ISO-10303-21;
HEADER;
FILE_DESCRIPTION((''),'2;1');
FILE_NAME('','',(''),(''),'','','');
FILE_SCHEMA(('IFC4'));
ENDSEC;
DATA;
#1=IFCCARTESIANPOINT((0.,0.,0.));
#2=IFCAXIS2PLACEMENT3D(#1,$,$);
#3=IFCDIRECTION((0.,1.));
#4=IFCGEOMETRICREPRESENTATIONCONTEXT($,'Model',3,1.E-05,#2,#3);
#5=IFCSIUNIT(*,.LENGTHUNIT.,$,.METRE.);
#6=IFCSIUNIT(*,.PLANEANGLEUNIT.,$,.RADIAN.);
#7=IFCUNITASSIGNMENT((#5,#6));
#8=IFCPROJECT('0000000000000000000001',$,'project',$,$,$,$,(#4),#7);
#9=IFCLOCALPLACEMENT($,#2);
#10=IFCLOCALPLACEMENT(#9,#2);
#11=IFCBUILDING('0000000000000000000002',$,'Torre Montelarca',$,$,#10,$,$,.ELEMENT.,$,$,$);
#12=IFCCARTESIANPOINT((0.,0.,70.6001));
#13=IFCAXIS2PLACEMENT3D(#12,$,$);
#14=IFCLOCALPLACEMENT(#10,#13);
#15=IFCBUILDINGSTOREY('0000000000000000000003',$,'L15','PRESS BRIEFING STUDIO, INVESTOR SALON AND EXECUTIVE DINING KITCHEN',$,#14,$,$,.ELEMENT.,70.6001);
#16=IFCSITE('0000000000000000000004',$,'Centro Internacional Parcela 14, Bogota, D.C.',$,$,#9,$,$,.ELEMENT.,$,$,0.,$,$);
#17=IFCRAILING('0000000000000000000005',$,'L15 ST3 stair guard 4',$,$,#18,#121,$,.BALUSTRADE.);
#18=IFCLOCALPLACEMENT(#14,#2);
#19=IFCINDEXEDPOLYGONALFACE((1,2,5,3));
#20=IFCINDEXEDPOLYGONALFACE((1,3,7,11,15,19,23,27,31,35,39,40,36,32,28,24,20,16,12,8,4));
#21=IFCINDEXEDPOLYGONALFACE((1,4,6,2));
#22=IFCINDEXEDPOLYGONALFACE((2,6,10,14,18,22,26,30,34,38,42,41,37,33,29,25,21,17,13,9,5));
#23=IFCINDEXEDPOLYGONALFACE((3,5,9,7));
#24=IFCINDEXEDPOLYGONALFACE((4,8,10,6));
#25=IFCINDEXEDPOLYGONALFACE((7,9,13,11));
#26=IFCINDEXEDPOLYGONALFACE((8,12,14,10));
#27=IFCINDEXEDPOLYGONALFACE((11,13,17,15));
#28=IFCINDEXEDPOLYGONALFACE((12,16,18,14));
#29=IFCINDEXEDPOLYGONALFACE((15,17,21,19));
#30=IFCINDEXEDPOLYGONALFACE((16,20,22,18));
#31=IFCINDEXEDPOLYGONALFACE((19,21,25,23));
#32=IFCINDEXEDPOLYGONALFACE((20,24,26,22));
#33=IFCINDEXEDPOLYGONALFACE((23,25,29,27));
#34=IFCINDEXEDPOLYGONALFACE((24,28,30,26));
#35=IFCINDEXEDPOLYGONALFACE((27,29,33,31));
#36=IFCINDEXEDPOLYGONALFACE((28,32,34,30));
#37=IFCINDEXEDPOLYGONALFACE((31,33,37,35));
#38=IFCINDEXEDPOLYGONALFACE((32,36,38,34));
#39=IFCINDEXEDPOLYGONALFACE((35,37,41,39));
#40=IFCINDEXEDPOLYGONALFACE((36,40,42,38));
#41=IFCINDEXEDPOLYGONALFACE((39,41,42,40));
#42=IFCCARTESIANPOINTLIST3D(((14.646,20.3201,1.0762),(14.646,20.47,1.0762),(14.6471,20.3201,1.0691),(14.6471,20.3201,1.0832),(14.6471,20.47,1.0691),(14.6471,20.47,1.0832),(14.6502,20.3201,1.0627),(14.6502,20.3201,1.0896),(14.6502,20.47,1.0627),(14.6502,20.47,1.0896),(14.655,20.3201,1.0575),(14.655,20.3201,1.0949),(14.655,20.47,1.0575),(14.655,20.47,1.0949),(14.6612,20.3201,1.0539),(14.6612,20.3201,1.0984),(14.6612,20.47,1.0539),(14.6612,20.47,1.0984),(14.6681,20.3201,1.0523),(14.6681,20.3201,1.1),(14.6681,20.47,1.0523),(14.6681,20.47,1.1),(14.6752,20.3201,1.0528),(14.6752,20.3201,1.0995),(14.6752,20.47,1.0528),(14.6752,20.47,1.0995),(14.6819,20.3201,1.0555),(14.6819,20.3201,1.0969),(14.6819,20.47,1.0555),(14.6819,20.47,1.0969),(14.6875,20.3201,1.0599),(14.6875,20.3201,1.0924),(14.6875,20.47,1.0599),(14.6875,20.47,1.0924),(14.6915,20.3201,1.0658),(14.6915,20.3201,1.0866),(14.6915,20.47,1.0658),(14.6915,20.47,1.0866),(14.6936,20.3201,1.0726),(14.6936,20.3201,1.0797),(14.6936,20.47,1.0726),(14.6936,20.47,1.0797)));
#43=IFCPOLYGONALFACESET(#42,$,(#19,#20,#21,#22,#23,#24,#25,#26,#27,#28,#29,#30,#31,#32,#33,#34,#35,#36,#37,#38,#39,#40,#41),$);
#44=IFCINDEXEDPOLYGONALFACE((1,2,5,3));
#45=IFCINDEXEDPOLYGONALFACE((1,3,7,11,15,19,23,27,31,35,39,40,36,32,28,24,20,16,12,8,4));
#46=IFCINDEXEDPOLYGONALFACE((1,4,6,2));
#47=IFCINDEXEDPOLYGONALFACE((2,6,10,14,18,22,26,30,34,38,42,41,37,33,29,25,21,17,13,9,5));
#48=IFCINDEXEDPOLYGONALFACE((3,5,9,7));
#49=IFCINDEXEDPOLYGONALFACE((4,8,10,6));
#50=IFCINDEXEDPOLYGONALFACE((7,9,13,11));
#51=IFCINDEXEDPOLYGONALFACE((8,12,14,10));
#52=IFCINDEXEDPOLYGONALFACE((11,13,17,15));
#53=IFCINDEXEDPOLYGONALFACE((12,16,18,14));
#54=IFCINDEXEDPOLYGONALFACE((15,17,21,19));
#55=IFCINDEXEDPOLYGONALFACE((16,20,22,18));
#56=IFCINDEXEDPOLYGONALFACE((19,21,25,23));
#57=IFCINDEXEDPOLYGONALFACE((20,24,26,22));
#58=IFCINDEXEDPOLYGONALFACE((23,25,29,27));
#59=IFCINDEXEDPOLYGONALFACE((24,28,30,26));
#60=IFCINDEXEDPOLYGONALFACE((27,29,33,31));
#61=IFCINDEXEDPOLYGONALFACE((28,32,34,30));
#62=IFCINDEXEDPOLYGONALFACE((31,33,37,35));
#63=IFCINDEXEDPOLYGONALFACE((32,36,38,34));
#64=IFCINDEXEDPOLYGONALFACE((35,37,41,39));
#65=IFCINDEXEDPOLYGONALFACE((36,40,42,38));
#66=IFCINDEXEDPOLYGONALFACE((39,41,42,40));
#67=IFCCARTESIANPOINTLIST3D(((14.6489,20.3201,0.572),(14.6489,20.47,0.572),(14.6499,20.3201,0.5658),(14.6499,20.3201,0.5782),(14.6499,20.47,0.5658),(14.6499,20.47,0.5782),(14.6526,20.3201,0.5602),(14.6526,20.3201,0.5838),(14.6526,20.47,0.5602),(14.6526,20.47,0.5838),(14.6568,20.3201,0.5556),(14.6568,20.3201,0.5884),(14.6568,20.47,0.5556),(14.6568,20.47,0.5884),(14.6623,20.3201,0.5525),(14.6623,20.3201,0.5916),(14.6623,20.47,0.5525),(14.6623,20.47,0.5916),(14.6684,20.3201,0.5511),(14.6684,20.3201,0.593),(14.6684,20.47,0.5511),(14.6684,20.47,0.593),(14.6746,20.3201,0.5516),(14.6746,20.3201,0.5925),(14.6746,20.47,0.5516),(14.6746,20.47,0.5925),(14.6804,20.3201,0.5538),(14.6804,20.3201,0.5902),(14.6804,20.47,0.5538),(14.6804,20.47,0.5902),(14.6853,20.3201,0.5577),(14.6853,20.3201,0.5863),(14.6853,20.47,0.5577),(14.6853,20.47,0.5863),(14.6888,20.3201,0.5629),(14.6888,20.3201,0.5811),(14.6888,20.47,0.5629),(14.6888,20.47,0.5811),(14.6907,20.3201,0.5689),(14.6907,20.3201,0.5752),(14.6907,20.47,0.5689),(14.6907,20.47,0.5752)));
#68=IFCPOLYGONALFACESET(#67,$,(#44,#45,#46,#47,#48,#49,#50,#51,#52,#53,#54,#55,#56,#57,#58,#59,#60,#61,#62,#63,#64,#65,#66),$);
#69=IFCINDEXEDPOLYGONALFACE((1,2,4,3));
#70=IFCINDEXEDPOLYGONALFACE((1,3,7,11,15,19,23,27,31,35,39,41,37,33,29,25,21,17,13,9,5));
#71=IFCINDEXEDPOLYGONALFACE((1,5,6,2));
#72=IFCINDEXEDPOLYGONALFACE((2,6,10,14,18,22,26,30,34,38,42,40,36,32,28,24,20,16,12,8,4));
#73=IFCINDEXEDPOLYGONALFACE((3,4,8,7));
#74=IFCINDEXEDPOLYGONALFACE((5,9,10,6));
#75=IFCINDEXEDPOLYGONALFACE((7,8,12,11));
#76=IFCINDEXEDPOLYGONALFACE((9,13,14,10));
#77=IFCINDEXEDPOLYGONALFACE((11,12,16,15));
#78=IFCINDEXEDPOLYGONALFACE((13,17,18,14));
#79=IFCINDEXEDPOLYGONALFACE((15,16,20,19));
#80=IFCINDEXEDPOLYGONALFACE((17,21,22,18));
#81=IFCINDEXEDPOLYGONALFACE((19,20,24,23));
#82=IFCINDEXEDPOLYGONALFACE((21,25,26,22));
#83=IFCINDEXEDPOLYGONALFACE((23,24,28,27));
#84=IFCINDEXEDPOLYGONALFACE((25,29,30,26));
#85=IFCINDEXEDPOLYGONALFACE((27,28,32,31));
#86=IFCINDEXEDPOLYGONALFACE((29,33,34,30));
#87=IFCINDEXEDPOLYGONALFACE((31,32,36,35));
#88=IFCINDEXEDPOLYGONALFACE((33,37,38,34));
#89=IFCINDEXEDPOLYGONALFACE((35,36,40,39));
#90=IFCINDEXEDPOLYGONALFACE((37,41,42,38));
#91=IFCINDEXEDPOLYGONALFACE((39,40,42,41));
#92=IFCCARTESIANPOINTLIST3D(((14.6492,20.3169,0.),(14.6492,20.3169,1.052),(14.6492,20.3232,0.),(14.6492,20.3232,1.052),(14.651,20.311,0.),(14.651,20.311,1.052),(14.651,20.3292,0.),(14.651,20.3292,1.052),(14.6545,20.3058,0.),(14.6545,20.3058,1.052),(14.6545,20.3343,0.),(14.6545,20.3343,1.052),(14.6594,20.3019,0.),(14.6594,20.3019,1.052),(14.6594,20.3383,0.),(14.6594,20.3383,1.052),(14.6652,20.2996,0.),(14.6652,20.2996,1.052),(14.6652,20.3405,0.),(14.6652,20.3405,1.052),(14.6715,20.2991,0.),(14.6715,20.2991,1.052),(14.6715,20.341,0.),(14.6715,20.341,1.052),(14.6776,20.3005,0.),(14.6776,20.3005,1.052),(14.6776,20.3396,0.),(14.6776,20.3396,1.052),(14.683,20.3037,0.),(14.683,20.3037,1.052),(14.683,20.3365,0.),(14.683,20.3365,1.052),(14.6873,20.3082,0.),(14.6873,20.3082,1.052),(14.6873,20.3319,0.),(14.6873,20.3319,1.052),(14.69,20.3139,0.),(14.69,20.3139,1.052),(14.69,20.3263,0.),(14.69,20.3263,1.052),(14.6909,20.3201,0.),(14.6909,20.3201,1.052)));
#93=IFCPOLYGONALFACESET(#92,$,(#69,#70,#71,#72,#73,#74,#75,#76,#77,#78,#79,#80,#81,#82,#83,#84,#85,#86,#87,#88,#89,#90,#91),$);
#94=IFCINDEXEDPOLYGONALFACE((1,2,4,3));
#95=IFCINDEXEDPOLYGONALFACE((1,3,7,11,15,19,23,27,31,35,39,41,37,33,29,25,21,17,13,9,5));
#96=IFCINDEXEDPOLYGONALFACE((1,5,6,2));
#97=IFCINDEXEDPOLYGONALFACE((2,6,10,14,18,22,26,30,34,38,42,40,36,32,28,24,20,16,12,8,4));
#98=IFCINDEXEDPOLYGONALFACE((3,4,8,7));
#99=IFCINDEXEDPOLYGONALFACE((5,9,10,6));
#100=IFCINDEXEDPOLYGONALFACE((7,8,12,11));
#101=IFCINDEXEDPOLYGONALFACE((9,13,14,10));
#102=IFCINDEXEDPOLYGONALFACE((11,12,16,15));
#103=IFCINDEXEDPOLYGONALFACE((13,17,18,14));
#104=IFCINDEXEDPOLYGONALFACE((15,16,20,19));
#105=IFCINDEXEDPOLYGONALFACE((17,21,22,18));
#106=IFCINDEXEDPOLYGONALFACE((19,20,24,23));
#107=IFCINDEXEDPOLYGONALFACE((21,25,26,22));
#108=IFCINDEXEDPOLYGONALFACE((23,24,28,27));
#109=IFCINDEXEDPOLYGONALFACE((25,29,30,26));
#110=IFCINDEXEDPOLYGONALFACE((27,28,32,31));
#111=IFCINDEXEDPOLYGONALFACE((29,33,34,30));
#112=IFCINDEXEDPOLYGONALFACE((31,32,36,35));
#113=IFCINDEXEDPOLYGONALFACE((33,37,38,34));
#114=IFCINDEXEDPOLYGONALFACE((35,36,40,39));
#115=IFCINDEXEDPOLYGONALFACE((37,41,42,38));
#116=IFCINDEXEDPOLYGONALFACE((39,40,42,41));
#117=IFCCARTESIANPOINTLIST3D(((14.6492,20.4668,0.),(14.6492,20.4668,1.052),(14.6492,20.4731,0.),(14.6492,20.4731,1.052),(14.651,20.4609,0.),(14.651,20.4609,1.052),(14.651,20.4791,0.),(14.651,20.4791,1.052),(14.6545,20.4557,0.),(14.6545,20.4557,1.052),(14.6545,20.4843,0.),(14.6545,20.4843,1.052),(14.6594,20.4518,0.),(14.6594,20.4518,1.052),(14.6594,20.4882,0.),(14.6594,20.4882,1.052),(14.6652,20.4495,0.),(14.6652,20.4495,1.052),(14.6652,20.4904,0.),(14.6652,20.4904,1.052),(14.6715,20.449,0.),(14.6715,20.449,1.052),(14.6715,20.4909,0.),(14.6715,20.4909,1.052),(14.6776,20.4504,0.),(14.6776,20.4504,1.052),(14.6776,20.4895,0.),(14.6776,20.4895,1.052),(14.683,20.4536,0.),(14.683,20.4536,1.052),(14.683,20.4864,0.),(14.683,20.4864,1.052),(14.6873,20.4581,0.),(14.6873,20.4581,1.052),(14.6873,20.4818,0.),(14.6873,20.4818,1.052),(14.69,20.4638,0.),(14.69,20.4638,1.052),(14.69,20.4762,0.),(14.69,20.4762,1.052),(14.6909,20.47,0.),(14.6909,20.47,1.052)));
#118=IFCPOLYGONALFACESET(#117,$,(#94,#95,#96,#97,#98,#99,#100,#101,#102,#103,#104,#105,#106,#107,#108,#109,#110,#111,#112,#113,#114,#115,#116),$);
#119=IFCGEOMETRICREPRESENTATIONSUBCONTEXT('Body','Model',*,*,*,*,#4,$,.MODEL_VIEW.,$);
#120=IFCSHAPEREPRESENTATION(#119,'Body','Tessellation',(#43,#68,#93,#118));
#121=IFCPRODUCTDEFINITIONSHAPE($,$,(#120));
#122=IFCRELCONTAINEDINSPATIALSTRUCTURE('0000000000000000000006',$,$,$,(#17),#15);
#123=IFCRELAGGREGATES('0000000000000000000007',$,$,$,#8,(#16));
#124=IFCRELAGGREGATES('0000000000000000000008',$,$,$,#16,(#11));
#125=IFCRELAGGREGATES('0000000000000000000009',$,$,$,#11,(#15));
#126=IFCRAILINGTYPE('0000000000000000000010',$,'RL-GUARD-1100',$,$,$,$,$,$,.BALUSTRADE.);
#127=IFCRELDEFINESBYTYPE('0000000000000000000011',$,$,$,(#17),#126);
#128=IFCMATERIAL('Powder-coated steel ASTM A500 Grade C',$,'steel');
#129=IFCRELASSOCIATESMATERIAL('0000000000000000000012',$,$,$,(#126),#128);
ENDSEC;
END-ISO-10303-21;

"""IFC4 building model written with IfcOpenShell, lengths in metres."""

from ifc_helpers import new_model, si_unit, direction, frame, origin, origin_2d, place, context, subcontext, project, spatial, circle, extrude, material, type_object, element, save


model = new_model("IFC4")

# Units and contexts
model_context = context("Model", 3, precision=1e-05, world=origin(), true_north=direction((0.0, 1.0)))
body_context = subcontext(model_context, "Body", "Model", "MODEL_VIEW")
ifc_project = project(units=[si_unit("LENGTHUNIT", "METRE"), si_unit("PLANEANGLEUNIT", "RADIAN")], contexts=[model_context])

# Site, building, storey
site_placement = place(None, origin())
site = spatial("IfcSite", under=ifc_project, at=site_placement, Name="Centro Internacional Parcela 14, Bogota, D.C.", CompositionType="ELEMENT", RefElevation=0.0)
building_placement = place(site_placement, origin())
building = spatial("IfcBuilding", under=site, at=building_placement, Name="Torre Montelarca", CompositionType="ELEMENT")
storey_placement = place(building_placement, frame((0.0, 0.0, 70.6001)))
storey = spatial("IfcBuildingStorey", under=building, at=storey_placement, Name="L15", Description="PRESS BRIEFING STUDIO, INVESTOR SALON AND EXECUTIVE DINING KITCHEN", CompositionType="ELEMENT", Elevation=70.6001)

# Railing
ifc_material_1 = material(Name="Powder-coated steel ASTM A500 Grade C", Category="steel")
railing_type_1 = type_object("IfcRailingType", Name="RL-GUARD-1100", PredefinedType="BALUSTRADE", material=ifc_material_1)
railing_1_placement = place(storey_placement, frame((14.6699, 20.3201, 0.0)))
element("IfcRailing", 1, at=railing_1_placement, inside=storey, type_object=railing_type_1, Name="L15 ST3 stair guard 4", PredefinedType="BALUSTRADE", context=body_context, shape_type="SweptSolid", body=[
    extrude(circle(Radius=0.0239, at=origin_2d()), frame((0.0, 0.0, 1.0762), z_axis=(0.0, 1.0, 0.0), x_axis=(-1.0, 0.0, 0.0)), (0.0, 0.0, 1.0), 0.1499),
    extrude(circle(Radius=0.021, at=origin_2d()), frame((0.0, 0.0, 0.572), z_axis=(0.0, 1.0, 0.0), x_axis=(-1.0, 0.0, 0.0)), (0.0, 0.0, 1.0), 0.1499),
    extrude(circle(Radius=0.021, at=origin_2d()), origin(), (0.0, 0.0, 1.0), 1.052),
    extrude(circle(Radius=0.021, at=origin_2d()), frame((0.0, 0.1499, 0.0)), (0.0, 0.0, 1.0), 1.052),
])

save(model, "model.ifc")
